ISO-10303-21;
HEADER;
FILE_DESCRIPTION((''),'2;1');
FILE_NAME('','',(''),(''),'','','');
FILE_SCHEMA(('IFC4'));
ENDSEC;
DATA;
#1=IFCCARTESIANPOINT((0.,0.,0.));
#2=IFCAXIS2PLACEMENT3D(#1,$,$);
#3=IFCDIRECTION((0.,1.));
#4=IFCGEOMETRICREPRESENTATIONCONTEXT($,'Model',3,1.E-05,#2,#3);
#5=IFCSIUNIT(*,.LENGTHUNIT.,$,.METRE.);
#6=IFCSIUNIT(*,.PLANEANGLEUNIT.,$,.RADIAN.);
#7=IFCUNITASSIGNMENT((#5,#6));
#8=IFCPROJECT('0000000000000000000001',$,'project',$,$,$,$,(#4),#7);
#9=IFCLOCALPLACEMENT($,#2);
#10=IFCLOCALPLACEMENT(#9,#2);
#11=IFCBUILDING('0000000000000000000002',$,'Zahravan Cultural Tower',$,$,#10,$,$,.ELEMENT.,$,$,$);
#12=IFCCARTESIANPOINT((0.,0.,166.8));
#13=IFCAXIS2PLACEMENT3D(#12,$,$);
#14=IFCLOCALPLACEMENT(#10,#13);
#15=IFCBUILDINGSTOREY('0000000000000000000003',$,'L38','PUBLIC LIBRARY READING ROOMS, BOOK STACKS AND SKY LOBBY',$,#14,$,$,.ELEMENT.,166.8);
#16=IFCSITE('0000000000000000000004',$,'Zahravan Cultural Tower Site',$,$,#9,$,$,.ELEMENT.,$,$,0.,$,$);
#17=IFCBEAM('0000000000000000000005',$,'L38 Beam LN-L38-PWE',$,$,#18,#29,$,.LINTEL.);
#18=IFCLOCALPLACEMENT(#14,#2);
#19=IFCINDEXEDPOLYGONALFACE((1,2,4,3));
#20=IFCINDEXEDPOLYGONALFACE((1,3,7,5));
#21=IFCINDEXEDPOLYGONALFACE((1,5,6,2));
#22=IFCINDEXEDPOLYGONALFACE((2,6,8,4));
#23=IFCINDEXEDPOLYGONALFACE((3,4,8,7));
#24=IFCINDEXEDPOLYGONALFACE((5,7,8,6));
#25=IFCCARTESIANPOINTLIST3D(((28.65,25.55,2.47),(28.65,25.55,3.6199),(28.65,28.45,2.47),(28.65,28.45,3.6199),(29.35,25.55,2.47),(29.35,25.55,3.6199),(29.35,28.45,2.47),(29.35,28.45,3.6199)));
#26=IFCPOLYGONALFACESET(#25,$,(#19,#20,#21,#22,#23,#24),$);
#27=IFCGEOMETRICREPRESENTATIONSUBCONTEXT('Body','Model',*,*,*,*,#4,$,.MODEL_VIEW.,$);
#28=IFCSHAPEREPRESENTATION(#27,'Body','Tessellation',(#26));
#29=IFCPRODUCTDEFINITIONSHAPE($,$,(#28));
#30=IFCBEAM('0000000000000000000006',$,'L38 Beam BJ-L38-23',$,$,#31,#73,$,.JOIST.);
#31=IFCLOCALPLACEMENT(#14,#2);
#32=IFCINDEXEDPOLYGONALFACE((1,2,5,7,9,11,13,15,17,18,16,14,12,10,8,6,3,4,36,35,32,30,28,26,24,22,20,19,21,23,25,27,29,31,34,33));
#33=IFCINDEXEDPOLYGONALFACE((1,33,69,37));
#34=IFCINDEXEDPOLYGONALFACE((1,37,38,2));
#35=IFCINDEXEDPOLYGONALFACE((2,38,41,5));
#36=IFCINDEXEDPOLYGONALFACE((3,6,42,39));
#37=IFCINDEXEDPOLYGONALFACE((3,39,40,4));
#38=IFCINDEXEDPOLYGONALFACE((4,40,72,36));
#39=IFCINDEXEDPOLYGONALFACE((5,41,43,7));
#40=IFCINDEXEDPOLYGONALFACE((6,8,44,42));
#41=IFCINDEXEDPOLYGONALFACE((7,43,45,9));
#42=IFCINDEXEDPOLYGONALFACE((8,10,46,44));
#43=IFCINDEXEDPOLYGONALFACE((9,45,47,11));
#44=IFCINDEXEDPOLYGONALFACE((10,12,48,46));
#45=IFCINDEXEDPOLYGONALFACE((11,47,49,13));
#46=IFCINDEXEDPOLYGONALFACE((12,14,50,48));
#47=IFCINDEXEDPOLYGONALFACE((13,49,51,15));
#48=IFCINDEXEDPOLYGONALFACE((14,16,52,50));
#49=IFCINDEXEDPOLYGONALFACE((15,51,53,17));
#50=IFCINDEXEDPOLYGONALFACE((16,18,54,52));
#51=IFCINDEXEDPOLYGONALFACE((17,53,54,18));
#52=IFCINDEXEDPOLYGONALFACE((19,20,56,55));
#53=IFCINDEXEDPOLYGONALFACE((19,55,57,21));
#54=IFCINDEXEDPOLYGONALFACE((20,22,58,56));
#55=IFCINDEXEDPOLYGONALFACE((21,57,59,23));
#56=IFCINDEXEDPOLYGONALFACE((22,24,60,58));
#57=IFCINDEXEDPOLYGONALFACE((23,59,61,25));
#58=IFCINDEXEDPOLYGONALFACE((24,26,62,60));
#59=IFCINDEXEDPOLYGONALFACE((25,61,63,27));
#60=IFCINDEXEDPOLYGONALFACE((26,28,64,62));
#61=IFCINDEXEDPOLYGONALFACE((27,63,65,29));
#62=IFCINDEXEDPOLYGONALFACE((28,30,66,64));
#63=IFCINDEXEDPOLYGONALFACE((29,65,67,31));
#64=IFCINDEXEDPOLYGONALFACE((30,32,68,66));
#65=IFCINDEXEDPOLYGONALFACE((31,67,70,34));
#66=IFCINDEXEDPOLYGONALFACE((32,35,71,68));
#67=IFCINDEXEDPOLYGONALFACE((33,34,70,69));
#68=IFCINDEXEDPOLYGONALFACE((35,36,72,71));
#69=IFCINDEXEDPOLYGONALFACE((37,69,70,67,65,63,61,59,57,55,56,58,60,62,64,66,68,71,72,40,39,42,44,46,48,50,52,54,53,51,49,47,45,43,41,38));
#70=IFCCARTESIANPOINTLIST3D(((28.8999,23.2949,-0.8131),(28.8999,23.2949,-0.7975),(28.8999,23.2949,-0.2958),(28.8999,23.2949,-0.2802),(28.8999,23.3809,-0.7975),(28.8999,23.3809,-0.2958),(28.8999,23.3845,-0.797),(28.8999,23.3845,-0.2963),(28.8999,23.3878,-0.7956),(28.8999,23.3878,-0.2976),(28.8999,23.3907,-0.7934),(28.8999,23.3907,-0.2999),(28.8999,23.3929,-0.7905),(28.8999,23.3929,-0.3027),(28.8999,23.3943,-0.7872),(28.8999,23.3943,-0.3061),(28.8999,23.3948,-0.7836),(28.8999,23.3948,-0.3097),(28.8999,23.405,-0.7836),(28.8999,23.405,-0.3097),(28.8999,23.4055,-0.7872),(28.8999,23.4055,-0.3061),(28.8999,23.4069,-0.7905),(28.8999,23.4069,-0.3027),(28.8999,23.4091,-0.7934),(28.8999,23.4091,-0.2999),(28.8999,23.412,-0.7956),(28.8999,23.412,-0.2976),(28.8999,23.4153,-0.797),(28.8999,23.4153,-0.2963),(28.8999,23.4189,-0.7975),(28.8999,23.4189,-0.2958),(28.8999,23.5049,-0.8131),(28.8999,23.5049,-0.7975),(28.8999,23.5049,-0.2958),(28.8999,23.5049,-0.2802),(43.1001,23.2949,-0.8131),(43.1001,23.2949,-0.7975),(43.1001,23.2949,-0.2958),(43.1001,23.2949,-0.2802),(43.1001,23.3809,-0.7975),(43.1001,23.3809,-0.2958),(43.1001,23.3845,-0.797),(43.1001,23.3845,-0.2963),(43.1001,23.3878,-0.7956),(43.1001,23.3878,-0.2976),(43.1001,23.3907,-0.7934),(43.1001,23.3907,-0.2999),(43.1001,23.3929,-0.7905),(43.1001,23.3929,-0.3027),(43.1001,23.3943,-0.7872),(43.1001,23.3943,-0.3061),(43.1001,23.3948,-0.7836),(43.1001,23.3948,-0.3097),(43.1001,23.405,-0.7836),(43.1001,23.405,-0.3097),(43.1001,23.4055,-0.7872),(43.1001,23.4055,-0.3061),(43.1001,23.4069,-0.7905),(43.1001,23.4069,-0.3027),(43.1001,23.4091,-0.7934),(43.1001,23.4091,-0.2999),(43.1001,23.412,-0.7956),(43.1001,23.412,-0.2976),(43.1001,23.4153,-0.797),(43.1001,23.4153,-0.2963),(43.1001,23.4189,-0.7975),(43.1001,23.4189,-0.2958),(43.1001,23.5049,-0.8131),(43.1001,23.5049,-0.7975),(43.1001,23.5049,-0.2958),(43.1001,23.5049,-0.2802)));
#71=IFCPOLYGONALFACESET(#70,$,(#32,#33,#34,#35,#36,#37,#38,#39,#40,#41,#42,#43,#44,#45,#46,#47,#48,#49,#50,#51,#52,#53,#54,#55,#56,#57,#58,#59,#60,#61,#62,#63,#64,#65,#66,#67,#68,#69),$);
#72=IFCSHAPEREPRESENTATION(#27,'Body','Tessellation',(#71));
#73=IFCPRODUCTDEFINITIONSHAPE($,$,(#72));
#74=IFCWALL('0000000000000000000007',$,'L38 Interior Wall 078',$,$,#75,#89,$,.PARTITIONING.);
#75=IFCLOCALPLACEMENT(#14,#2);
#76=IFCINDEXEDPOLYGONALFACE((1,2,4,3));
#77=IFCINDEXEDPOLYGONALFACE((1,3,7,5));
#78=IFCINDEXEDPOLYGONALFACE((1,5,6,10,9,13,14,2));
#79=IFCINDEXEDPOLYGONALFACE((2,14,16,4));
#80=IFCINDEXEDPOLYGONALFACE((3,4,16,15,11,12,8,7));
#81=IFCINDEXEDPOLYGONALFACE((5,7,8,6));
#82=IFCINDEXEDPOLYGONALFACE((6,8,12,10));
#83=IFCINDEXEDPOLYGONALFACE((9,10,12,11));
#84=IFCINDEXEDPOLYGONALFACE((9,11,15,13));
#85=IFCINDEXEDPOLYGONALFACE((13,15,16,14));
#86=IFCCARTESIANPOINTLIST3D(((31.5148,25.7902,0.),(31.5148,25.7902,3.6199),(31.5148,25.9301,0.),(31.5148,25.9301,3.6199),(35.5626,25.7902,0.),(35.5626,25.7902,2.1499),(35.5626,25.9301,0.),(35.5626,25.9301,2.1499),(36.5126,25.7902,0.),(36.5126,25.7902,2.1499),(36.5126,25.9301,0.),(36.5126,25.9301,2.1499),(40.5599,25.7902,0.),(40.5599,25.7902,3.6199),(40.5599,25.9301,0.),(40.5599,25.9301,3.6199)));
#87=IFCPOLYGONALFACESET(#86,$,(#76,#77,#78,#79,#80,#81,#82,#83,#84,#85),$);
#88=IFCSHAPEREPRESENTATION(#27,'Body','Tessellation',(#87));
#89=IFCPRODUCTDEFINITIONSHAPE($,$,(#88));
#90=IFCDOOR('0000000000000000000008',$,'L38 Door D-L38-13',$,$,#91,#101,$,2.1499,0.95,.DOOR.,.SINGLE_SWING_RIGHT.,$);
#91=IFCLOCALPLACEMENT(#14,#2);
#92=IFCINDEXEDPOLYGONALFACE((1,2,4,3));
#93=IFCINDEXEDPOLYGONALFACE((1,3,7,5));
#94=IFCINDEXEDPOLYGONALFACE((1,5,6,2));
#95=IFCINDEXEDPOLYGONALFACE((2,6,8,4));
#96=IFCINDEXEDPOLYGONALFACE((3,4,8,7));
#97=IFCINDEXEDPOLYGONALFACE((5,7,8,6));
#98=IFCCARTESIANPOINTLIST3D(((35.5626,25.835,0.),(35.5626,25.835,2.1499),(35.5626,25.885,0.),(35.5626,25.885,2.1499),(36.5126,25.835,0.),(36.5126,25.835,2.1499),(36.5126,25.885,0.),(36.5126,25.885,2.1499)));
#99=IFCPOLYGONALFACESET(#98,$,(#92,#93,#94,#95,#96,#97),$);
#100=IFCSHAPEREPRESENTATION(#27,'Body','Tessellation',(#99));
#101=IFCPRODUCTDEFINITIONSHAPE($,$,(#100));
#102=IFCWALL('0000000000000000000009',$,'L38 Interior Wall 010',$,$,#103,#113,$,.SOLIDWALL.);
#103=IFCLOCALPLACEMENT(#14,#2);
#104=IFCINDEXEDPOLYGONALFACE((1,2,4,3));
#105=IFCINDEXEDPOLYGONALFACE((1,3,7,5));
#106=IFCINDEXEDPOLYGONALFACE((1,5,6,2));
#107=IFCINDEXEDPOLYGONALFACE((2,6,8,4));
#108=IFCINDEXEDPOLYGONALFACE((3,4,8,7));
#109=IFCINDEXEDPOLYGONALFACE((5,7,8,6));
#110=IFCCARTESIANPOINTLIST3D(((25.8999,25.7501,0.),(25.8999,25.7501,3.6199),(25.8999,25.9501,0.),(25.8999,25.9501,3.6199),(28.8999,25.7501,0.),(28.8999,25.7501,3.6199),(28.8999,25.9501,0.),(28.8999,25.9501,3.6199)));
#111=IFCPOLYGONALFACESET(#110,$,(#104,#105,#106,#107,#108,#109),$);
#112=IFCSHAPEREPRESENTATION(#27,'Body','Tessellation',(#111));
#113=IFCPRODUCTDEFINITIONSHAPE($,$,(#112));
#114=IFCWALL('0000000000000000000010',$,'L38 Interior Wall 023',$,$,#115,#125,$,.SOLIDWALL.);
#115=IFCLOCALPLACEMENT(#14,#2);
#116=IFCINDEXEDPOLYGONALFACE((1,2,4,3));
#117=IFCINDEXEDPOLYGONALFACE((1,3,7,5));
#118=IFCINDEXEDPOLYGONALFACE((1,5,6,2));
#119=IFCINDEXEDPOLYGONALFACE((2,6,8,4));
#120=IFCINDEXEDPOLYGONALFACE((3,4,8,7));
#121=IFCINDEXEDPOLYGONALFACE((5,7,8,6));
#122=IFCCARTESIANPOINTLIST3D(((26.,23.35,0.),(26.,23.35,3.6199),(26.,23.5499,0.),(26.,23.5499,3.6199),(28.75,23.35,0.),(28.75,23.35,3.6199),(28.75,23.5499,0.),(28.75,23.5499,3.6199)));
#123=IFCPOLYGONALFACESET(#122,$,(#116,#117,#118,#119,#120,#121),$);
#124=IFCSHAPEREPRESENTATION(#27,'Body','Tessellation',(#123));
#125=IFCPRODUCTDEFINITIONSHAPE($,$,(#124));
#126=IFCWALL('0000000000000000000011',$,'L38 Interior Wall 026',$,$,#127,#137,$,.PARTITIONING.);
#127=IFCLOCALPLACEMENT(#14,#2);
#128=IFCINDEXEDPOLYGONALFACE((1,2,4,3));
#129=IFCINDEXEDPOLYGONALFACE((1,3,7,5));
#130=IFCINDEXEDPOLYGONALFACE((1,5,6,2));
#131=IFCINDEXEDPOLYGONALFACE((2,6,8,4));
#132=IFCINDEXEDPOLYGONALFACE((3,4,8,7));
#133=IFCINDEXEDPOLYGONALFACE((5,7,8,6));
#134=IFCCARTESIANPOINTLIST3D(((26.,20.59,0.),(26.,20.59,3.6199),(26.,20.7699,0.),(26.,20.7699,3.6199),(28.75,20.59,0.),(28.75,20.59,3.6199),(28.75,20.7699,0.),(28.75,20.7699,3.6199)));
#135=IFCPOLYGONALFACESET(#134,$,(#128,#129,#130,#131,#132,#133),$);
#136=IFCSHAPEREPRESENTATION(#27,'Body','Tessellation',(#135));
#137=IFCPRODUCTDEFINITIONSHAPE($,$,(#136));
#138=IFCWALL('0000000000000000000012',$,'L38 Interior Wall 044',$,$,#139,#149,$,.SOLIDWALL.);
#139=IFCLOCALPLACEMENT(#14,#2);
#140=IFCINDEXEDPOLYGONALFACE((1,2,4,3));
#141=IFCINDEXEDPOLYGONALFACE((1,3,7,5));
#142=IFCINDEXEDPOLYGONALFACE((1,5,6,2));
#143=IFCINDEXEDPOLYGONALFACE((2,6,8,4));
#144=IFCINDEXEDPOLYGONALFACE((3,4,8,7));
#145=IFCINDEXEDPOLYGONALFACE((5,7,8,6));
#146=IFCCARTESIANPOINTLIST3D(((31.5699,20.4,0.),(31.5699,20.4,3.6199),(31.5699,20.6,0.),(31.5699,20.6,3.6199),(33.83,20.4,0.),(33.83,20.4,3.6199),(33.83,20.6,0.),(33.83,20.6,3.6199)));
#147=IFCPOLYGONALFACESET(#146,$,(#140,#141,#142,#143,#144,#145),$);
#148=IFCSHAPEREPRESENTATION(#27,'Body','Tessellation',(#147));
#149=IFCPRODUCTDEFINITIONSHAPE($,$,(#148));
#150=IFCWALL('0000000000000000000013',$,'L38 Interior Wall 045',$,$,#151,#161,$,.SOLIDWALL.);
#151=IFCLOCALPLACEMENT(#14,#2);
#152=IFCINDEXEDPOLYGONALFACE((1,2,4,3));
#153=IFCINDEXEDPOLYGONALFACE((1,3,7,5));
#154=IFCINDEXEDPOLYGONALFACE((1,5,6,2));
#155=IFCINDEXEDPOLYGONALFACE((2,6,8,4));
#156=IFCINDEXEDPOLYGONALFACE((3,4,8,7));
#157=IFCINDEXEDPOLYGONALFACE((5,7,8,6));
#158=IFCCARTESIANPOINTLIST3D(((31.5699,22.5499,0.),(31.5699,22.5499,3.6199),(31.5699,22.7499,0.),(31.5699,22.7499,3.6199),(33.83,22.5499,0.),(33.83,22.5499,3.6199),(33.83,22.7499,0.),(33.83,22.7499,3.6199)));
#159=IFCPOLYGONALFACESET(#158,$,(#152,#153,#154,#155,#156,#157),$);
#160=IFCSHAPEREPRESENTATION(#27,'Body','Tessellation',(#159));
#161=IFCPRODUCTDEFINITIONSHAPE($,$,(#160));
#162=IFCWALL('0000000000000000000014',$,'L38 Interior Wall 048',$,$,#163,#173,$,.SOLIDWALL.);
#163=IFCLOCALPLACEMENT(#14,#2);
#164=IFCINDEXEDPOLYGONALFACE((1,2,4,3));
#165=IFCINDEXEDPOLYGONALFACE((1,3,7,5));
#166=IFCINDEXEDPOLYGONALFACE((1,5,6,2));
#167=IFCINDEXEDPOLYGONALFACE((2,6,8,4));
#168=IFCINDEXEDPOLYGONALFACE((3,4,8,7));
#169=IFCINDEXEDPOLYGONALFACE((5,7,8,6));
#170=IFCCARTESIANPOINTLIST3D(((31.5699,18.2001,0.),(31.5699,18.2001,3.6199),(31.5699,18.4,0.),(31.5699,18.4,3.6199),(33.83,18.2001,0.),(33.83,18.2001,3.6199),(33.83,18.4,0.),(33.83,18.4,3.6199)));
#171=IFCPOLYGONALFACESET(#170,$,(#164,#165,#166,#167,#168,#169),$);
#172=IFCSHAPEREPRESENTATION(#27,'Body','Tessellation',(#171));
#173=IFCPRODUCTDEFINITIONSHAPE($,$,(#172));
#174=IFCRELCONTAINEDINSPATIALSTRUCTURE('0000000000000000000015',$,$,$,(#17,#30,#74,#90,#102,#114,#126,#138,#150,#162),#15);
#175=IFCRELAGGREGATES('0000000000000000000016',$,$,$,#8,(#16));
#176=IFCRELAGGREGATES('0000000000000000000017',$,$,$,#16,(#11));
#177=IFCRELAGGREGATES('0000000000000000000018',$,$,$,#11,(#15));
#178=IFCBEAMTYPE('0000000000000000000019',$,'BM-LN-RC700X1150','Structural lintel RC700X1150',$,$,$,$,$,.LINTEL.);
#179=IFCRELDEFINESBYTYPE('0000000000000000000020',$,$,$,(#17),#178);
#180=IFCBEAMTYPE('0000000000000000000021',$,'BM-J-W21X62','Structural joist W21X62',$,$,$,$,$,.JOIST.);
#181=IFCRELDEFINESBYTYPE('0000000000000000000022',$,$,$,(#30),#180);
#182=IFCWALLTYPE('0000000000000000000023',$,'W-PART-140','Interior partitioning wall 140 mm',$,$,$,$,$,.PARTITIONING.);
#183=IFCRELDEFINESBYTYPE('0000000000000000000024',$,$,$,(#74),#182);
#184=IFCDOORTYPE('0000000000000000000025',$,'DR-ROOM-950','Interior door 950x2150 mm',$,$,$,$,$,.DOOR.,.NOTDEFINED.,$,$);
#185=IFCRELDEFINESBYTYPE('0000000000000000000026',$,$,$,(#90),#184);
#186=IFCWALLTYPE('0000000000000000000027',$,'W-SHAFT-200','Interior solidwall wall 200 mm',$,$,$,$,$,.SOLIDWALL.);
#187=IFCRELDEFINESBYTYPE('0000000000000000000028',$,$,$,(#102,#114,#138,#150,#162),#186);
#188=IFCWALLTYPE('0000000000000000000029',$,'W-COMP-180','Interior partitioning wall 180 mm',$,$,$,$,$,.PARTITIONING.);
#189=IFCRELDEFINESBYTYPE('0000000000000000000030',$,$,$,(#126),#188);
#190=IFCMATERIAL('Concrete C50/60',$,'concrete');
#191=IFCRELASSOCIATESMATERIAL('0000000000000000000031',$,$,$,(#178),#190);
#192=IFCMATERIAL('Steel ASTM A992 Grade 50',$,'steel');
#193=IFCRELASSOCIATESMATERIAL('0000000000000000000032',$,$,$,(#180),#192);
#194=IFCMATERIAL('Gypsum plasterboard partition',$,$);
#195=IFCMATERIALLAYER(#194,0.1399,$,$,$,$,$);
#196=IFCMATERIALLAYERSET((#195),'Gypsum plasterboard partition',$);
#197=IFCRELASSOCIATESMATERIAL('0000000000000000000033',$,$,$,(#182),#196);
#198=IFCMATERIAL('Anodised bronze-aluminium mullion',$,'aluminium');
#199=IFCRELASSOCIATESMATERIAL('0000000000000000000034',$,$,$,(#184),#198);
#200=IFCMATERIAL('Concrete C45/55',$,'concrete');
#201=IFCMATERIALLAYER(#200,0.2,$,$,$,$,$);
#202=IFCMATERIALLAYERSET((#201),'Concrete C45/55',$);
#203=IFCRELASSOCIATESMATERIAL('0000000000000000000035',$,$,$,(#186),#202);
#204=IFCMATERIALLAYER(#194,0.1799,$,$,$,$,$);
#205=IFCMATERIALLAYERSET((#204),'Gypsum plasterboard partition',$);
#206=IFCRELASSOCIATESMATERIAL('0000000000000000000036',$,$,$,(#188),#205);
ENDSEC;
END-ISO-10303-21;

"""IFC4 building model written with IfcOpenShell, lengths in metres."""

from ifc_helpers import new_model, si_unit, direction, frame, frame_2d, origin, origin_2d, place, context, subcontext, project, spatial, rectangle, i_section, extrude, source, transform, mapped, material, layer, layer_set, material_profile, profile_set, type_object, element, fill, save


model = new_model("IFC4")

# Units and contexts
model_context = context("Model", 3, precision=1e-05, world=origin(), true_north=direction((0.0, 1.0)))
body_context = subcontext(model_context, "Body", "Model", "MODEL_VIEW")
ifc_project = project(units=[si_unit("LENGTHUNIT", "METRE"), si_unit("PLANEANGLEUNIT", "RADIAN")], contexts=[model_context])

# Site, building, storey
site_placement = place(None, origin())
site = spatial("IfcSite", under=ifc_project, at=site_placement, Name="Zahravan Cultural Tower Site", CompositionType="ELEMENT", RefElevation=0.0)
building_placement = place(site_placement, origin())
building = spatial("IfcBuilding", under=site, at=building_placement, Name="Zahravan Cultural Tower", CompositionType="ELEMENT")
storey_placement = place(building_placement, frame((0.0, 0.0, 166.8)))
storey = spatial("IfcBuildingStorey", under=building, at=storey_placement, Name="L38", Description="PUBLIC LIBRARY READING ROOMS, BOOK STACKS AND SKY LOBBY", CompositionType="ELEMENT", Elevation=166.8)

# Beams
ifc_material_1 = material(Name="Concrete C50/60", Category="concrete")
ifc_material_profile_1 = material_profile(ifc_material_1, rectangle(XDim=0.7, YDim=1.1499, at=origin_2d()), Name="RC700X1150")
ifc_profile_set_1 = profile_set([ifc_material_profile_1], Name="Concrete C50/60")
beam_type_1 = type_object("IfcBeamType", Name="BM-LN-RC700X1150", Description="Structural lintel RC700X1150", PredefinedType="LINTEL", material=ifc_profile_set_1)
shared_shape_1 = source(origin(), body_context, "Body", "SweptSolid", [
    extrude(rectangle(XDim=0.7, YDim=1.1499, at=origin_2d()), origin(), (0.0, 0.0, 1.0), 2.8999),
])
beam_1_placement = place(storey_placement, frame((29.0, 25.55, 3.0449), z_axis=(0.0, 1.0, 0.0), x_axis=(-1.0, 0.0, 0.0)))
element("IfcBeam", 1, at=beam_1_placement, inside=storey, type_object=beam_type_1, Name="L38 Beam LN-L38-PWE", PredefinedType="LINTEL", context=body_context, shape_type="MappedRepresentation", body=[
    mapped(shared_shape_1, transform((0.0, 0.0, 0.0), x_axis=(1.0, 0.0, 0.0), y_axis=(0.0, 1.0, 0.0), z_axis=(0.0, 0.0, 1.0), scale=1.0)),
])
ifc_material_2 = material(Name="Steel ASTM A992 Grade 50", Category="steel")
ifc_material_profile_2 = material_profile(ifc_material_2, i_section(OverallWidth=0.21, OverallDepth=0.533, WebThickness=0.0103, FlangeThickness=0.0156, FilletRadius=0.0139, at=origin_2d()), Name="W21X62")
ifc_profile_set_2 = profile_set([ifc_material_profile_2], Name="Steel ASTM A992 Grade 50")
beam_type_2 = type_object("IfcBeamType", Name="BM-J-W21X62", Description="Structural joist W21X62", PredefinedType="JOIST", material=ifc_profile_set_2)
shared_shape_2 = source(origin(), body_context, "Body", "SweptSolid", [
    extrude(i_section(OverallWidth=0.21, OverallDepth=0.533, WebThickness=0.0103, FlangeThickness=0.0156, FilletRadius=0.0139, at=origin_2d()), origin(), (0.0, 0.0, 1.0), 14.2002),
])
beam_2_placement = place(storey_placement, frame((28.8999, 23.3999, -0.5466), z_axis=(1.0, 0.0, 0.0), x_axis=(0.0, 1.0, 0.0)))
element("IfcBeam", 2, at=beam_2_placement, inside=storey, type_object=beam_type_2, Name="L38 Beam BJ-L38-23", PredefinedType="JOIST", context=body_context, shape_type="MappedRepresentation", body=[
    mapped(shared_shape_2, transform((0.0, 0.0, 0.0), x_axis=(1.0, 0.0, 0.0), y_axis=(0.0, 1.0, 0.0), z_axis=(0.0, 0.0, 1.0), scale=1.0)),
])

# Wall, opening, door
ifc_material_3 = material(Name="Gypsum plasterboard partition")
ifc_layer_1 = layer(ifc_material_3, 0.1399)
ifc_layer_set_1 = layer_set([ifc_layer_1], Name="Gypsum plasterboard partition")
wall_type_1 = type_object("IfcWallType", Name="W-PART-140", Description="Interior partitioning wall 140 mm", PredefinedType="PARTITIONING", material=ifc_layer_set_1)
ifc_material_4 = material(Name="Anodised bronze-aluminium mullion", Category="aluminium")
door_type_1 = type_object("IfcDoorType", Name="DR-ROOM-950", Description="Interior door 950x2150 mm", OperationType="NOTDEFINED", PredefinedType="DOOR", material=ifc_material_4)
shared_shape_3 = source(origin(), body_context, "Body", "SweptSolid", [
    extrude(rectangle(XDim=0.95, YDim=2.1499, at=frame_2d((0.4751, 1.075))), frame((0.0, 0.0249, 0.0), z_axis=(0.0, -1.0, 0.0), x_axis=(1.0, 0.0, 0.0)), (0.0, 0.0, 1.0), 0.05),
])
wall_1_placement = place(storey_placement, frame((31.5149, 25.8601, 0.0), z_axis=(0.0, 0.0, 1.0), x_axis=(1.0, 0.0, 0.0)))
wall_1 = element("IfcWall", 3, at=wall_1_placement, inside=storey, type_object=wall_type_1, Name="L38 Interior Wall 078", PredefinedType="PARTITIONING", context=body_context, shape_type="SweptSolid", body=[
    extrude(rectangle(XDim=9.0452, YDim=0.1399, at=frame_2d((4.5225, 0.0))), origin(), (0.0, 0.0, 1.0), 3.6199),
])
opening_1_placement = place(wall_1_placement, frame((4.0476, 0.0, 0.0)))
opening_1 = element("IfcOpeningElement", 4, at=opening_1_placement, cuts=wall_1, PredefinedType="OPENING", context=body_context, shape_type="SweptSolid", body=[
    extrude(rectangle(XDim=0.95, YDim=2.1499, at=frame_2d((0.4751, 1.075))), frame((0.0, 0.0798, 0.0), z_axis=(0.0, -1.0, 0.0), x_axis=(1.0, 0.0, 0.0)), (0.0, 0.0, 1.0), 0.1599),
])
door_1_placement = place(opening_1_placement, origin())
door_1 = element("IfcDoor", 5, at=door_1_placement, inside=storey, type_object=door_type_1, Name="L38 Door D-L38-13", OperationType="SINGLE_SWING_RIGHT", OverallHeight=2.1499, OverallWidth=0.95, PredefinedType="DOOR", context=body_context, shape_type="MappedRepresentation", body=[
    mapped(shared_shape_3, transform((0.0, 0.0, 0.0), x_axis=(1.0, 0.0, 0.0), y_axis=(0.0, 1.0, 0.0), z_axis=(0.0, 0.0, 1.0), scale=1.0)),
])
fill(opening_1, door_1)
ifc_material_5 = material(Name="Concrete C45/55", Category="concrete")
ifc_layer_2 = layer(ifc_material_5, 0.2)
ifc_layer_set_2 = layer_set([ifc_layer_2], Name="Concrete C45/55")
wall_type_2 = type_object("IfcWallType", Name="W-SHAFT-200", Description="Interior solidwall wall 200 mm", PredefinedType="SOLIDWALL", material=ifc_layer_set_2)

# Walls
shared_shape_4 = source(origin(), body_context, "Body", "SweptSolid", [
    extrude(rectangle(XDim=3.0, YDim=0.2, at=frame_2d((1.5, 0.0))), origin(), (0.0, 0.0, 1.0), 3.6199),
])
wall_2_placement = place(storey_placement, frame((25.8999, 25.8501, 0.0), z_axis=(0.0, 0.0, 1.0), x_axis=(1.0, 0.0, 0.0)))
element("IfcWall", 6, at=wall_2_placement, inside=storey, type_object=wall_type_2, Name="L38 Interior Wall 010", PredefinedType="SOLIDWALL", context=body_context, shape_type="MappedRepresentation", body=[
    mapped(shared_shape_4, transform((0.0, 0.0, 0.0), x_axis=(1.0, 0.0, 0.0), y_axis=(0.0, 1.0, 0.0), z_axis=(0.0, 0.0, 1.0), scale=1.0)),
])
shared_shape_5 = source(origin(), body_context, "Body", "SweptSolid", [
    extrude(rectangle(XDim=2.75, YDim=0.2, at=frame_2d((1.375, 0.0))), origin(), (0.0, 0.0, 1.0), 3.6199),
])
wall_3_placement = place(storey_placement, frame((26.0, 23.45, 0.0), z_axis=(0.0, 0.0, 1.0), x_axis=(1.0, 0.0, 0.0)))
element("IfcWall", 7, at=wall_3_placement, inside=storey, type_object=wall_type_2, Name="L38 Interior Wall 023", PredefinedType="SOLIDWALL", context=body_context, shape_type="MappedRepresentation", body=[
    mapped(shared_shape_5, transform((0.0, 0.0, 0.0), x_axis=(1.0, 0.0, 0.0), y_axis=(0.0, 1.0, 0.0), z_axis=(0.0, 0.0, 1.0), scale=1.0)),
])
ifc_layer_3 = layer(ifc_material_3, 0.1799)
ifc_layer_set_3 = layer_set([ifc_layer_3], Name="Gypsum plasterboard partition")
wall_type_3 = type_object("IfcWallType", Name="W-COMP-180", Description="Interior partitioning wall 180 mm", PredefinedType="PARTITIONING", material=ifc_layer_set_3)
shared_shape_6 = source(origin(), body_context, "Body", "SweptSolid", [
    extrude(rectangle(XDim=2.75, YDim=0.1799, at=frame_2d((1.375, 0.0))), origin(), (0.0, 0.0, 1.0), 3.6199),
])
wall_4_placement = place(storey_placement, frame((26.0, 20.6799, 0.0), z_axis=(0.0, 0.0, 1.0), x_axis=(1.0, 0.0, 0.0)))
element("IfcWall", 8, at=wall_4_placement, inside=storey, type_object=wall_type_3, Name="L38 Interior Wall 026", PredefinedType="PARTITIONING", context=body_context, shape_type="MappedRepresentation", body=[
    mapped(shared_shape_6, transform((0.0, 0.0, 0.0), x_axis=(1.0, 0.0, 0.0), y_axis=(0.0, 1.0, 0.0), z_axis=(0.0, 0.0, 1.0), scale=1.0)),
])
shared_shape_7 = source(origin(), body_context, "Body", "SweptSolid", [
    extrude(rectangle(XDim=2.26, YDim=0.2, at=frame_2d((1.1299, 0.0))), origin(), (0.0, 0.0, 1.0), 3.6199),
])
for number, where, z_axis, x_axis, name in (
    (9, (31.5701, 20.5, 0.0), (0.0, 0.0, 1.0), (1.0, 0.0, 0.0), "L38 Interior Wall 044"),
    (10, (31.5701, 22.6499, 0.0), (0.0, 0.0, 1.0), (1.0, 0.0, 0.0), "L38 Interior Wall 045"),
    (11, (31.5701, 18.3, 0.0), (0.0, 0.0, 1.0), (1.0, 0.0, 0.0), "L38 Interior Wall 048"),
):
    element("IfcWall", number, at=place(storey_placement, frame(where, z_axis=z_axis, x_axis=x_axis)), inside=storey, type_object=wall_type_2, Name=name, PredefinedType="SOLIDWALL", context=body_context, shape_type="MappedRepresentation", body=[
        mapped(shared_shape_7, transform((0.0, 0.0, 0.0), x_axis=(1.0, 0.0, 0.0), y_axis=(0.0, 1.0, 0.0), z_axis=(0.0, 0.0, 1.0), scale=1.0)),
    ])

save(model, "model.ifc")
